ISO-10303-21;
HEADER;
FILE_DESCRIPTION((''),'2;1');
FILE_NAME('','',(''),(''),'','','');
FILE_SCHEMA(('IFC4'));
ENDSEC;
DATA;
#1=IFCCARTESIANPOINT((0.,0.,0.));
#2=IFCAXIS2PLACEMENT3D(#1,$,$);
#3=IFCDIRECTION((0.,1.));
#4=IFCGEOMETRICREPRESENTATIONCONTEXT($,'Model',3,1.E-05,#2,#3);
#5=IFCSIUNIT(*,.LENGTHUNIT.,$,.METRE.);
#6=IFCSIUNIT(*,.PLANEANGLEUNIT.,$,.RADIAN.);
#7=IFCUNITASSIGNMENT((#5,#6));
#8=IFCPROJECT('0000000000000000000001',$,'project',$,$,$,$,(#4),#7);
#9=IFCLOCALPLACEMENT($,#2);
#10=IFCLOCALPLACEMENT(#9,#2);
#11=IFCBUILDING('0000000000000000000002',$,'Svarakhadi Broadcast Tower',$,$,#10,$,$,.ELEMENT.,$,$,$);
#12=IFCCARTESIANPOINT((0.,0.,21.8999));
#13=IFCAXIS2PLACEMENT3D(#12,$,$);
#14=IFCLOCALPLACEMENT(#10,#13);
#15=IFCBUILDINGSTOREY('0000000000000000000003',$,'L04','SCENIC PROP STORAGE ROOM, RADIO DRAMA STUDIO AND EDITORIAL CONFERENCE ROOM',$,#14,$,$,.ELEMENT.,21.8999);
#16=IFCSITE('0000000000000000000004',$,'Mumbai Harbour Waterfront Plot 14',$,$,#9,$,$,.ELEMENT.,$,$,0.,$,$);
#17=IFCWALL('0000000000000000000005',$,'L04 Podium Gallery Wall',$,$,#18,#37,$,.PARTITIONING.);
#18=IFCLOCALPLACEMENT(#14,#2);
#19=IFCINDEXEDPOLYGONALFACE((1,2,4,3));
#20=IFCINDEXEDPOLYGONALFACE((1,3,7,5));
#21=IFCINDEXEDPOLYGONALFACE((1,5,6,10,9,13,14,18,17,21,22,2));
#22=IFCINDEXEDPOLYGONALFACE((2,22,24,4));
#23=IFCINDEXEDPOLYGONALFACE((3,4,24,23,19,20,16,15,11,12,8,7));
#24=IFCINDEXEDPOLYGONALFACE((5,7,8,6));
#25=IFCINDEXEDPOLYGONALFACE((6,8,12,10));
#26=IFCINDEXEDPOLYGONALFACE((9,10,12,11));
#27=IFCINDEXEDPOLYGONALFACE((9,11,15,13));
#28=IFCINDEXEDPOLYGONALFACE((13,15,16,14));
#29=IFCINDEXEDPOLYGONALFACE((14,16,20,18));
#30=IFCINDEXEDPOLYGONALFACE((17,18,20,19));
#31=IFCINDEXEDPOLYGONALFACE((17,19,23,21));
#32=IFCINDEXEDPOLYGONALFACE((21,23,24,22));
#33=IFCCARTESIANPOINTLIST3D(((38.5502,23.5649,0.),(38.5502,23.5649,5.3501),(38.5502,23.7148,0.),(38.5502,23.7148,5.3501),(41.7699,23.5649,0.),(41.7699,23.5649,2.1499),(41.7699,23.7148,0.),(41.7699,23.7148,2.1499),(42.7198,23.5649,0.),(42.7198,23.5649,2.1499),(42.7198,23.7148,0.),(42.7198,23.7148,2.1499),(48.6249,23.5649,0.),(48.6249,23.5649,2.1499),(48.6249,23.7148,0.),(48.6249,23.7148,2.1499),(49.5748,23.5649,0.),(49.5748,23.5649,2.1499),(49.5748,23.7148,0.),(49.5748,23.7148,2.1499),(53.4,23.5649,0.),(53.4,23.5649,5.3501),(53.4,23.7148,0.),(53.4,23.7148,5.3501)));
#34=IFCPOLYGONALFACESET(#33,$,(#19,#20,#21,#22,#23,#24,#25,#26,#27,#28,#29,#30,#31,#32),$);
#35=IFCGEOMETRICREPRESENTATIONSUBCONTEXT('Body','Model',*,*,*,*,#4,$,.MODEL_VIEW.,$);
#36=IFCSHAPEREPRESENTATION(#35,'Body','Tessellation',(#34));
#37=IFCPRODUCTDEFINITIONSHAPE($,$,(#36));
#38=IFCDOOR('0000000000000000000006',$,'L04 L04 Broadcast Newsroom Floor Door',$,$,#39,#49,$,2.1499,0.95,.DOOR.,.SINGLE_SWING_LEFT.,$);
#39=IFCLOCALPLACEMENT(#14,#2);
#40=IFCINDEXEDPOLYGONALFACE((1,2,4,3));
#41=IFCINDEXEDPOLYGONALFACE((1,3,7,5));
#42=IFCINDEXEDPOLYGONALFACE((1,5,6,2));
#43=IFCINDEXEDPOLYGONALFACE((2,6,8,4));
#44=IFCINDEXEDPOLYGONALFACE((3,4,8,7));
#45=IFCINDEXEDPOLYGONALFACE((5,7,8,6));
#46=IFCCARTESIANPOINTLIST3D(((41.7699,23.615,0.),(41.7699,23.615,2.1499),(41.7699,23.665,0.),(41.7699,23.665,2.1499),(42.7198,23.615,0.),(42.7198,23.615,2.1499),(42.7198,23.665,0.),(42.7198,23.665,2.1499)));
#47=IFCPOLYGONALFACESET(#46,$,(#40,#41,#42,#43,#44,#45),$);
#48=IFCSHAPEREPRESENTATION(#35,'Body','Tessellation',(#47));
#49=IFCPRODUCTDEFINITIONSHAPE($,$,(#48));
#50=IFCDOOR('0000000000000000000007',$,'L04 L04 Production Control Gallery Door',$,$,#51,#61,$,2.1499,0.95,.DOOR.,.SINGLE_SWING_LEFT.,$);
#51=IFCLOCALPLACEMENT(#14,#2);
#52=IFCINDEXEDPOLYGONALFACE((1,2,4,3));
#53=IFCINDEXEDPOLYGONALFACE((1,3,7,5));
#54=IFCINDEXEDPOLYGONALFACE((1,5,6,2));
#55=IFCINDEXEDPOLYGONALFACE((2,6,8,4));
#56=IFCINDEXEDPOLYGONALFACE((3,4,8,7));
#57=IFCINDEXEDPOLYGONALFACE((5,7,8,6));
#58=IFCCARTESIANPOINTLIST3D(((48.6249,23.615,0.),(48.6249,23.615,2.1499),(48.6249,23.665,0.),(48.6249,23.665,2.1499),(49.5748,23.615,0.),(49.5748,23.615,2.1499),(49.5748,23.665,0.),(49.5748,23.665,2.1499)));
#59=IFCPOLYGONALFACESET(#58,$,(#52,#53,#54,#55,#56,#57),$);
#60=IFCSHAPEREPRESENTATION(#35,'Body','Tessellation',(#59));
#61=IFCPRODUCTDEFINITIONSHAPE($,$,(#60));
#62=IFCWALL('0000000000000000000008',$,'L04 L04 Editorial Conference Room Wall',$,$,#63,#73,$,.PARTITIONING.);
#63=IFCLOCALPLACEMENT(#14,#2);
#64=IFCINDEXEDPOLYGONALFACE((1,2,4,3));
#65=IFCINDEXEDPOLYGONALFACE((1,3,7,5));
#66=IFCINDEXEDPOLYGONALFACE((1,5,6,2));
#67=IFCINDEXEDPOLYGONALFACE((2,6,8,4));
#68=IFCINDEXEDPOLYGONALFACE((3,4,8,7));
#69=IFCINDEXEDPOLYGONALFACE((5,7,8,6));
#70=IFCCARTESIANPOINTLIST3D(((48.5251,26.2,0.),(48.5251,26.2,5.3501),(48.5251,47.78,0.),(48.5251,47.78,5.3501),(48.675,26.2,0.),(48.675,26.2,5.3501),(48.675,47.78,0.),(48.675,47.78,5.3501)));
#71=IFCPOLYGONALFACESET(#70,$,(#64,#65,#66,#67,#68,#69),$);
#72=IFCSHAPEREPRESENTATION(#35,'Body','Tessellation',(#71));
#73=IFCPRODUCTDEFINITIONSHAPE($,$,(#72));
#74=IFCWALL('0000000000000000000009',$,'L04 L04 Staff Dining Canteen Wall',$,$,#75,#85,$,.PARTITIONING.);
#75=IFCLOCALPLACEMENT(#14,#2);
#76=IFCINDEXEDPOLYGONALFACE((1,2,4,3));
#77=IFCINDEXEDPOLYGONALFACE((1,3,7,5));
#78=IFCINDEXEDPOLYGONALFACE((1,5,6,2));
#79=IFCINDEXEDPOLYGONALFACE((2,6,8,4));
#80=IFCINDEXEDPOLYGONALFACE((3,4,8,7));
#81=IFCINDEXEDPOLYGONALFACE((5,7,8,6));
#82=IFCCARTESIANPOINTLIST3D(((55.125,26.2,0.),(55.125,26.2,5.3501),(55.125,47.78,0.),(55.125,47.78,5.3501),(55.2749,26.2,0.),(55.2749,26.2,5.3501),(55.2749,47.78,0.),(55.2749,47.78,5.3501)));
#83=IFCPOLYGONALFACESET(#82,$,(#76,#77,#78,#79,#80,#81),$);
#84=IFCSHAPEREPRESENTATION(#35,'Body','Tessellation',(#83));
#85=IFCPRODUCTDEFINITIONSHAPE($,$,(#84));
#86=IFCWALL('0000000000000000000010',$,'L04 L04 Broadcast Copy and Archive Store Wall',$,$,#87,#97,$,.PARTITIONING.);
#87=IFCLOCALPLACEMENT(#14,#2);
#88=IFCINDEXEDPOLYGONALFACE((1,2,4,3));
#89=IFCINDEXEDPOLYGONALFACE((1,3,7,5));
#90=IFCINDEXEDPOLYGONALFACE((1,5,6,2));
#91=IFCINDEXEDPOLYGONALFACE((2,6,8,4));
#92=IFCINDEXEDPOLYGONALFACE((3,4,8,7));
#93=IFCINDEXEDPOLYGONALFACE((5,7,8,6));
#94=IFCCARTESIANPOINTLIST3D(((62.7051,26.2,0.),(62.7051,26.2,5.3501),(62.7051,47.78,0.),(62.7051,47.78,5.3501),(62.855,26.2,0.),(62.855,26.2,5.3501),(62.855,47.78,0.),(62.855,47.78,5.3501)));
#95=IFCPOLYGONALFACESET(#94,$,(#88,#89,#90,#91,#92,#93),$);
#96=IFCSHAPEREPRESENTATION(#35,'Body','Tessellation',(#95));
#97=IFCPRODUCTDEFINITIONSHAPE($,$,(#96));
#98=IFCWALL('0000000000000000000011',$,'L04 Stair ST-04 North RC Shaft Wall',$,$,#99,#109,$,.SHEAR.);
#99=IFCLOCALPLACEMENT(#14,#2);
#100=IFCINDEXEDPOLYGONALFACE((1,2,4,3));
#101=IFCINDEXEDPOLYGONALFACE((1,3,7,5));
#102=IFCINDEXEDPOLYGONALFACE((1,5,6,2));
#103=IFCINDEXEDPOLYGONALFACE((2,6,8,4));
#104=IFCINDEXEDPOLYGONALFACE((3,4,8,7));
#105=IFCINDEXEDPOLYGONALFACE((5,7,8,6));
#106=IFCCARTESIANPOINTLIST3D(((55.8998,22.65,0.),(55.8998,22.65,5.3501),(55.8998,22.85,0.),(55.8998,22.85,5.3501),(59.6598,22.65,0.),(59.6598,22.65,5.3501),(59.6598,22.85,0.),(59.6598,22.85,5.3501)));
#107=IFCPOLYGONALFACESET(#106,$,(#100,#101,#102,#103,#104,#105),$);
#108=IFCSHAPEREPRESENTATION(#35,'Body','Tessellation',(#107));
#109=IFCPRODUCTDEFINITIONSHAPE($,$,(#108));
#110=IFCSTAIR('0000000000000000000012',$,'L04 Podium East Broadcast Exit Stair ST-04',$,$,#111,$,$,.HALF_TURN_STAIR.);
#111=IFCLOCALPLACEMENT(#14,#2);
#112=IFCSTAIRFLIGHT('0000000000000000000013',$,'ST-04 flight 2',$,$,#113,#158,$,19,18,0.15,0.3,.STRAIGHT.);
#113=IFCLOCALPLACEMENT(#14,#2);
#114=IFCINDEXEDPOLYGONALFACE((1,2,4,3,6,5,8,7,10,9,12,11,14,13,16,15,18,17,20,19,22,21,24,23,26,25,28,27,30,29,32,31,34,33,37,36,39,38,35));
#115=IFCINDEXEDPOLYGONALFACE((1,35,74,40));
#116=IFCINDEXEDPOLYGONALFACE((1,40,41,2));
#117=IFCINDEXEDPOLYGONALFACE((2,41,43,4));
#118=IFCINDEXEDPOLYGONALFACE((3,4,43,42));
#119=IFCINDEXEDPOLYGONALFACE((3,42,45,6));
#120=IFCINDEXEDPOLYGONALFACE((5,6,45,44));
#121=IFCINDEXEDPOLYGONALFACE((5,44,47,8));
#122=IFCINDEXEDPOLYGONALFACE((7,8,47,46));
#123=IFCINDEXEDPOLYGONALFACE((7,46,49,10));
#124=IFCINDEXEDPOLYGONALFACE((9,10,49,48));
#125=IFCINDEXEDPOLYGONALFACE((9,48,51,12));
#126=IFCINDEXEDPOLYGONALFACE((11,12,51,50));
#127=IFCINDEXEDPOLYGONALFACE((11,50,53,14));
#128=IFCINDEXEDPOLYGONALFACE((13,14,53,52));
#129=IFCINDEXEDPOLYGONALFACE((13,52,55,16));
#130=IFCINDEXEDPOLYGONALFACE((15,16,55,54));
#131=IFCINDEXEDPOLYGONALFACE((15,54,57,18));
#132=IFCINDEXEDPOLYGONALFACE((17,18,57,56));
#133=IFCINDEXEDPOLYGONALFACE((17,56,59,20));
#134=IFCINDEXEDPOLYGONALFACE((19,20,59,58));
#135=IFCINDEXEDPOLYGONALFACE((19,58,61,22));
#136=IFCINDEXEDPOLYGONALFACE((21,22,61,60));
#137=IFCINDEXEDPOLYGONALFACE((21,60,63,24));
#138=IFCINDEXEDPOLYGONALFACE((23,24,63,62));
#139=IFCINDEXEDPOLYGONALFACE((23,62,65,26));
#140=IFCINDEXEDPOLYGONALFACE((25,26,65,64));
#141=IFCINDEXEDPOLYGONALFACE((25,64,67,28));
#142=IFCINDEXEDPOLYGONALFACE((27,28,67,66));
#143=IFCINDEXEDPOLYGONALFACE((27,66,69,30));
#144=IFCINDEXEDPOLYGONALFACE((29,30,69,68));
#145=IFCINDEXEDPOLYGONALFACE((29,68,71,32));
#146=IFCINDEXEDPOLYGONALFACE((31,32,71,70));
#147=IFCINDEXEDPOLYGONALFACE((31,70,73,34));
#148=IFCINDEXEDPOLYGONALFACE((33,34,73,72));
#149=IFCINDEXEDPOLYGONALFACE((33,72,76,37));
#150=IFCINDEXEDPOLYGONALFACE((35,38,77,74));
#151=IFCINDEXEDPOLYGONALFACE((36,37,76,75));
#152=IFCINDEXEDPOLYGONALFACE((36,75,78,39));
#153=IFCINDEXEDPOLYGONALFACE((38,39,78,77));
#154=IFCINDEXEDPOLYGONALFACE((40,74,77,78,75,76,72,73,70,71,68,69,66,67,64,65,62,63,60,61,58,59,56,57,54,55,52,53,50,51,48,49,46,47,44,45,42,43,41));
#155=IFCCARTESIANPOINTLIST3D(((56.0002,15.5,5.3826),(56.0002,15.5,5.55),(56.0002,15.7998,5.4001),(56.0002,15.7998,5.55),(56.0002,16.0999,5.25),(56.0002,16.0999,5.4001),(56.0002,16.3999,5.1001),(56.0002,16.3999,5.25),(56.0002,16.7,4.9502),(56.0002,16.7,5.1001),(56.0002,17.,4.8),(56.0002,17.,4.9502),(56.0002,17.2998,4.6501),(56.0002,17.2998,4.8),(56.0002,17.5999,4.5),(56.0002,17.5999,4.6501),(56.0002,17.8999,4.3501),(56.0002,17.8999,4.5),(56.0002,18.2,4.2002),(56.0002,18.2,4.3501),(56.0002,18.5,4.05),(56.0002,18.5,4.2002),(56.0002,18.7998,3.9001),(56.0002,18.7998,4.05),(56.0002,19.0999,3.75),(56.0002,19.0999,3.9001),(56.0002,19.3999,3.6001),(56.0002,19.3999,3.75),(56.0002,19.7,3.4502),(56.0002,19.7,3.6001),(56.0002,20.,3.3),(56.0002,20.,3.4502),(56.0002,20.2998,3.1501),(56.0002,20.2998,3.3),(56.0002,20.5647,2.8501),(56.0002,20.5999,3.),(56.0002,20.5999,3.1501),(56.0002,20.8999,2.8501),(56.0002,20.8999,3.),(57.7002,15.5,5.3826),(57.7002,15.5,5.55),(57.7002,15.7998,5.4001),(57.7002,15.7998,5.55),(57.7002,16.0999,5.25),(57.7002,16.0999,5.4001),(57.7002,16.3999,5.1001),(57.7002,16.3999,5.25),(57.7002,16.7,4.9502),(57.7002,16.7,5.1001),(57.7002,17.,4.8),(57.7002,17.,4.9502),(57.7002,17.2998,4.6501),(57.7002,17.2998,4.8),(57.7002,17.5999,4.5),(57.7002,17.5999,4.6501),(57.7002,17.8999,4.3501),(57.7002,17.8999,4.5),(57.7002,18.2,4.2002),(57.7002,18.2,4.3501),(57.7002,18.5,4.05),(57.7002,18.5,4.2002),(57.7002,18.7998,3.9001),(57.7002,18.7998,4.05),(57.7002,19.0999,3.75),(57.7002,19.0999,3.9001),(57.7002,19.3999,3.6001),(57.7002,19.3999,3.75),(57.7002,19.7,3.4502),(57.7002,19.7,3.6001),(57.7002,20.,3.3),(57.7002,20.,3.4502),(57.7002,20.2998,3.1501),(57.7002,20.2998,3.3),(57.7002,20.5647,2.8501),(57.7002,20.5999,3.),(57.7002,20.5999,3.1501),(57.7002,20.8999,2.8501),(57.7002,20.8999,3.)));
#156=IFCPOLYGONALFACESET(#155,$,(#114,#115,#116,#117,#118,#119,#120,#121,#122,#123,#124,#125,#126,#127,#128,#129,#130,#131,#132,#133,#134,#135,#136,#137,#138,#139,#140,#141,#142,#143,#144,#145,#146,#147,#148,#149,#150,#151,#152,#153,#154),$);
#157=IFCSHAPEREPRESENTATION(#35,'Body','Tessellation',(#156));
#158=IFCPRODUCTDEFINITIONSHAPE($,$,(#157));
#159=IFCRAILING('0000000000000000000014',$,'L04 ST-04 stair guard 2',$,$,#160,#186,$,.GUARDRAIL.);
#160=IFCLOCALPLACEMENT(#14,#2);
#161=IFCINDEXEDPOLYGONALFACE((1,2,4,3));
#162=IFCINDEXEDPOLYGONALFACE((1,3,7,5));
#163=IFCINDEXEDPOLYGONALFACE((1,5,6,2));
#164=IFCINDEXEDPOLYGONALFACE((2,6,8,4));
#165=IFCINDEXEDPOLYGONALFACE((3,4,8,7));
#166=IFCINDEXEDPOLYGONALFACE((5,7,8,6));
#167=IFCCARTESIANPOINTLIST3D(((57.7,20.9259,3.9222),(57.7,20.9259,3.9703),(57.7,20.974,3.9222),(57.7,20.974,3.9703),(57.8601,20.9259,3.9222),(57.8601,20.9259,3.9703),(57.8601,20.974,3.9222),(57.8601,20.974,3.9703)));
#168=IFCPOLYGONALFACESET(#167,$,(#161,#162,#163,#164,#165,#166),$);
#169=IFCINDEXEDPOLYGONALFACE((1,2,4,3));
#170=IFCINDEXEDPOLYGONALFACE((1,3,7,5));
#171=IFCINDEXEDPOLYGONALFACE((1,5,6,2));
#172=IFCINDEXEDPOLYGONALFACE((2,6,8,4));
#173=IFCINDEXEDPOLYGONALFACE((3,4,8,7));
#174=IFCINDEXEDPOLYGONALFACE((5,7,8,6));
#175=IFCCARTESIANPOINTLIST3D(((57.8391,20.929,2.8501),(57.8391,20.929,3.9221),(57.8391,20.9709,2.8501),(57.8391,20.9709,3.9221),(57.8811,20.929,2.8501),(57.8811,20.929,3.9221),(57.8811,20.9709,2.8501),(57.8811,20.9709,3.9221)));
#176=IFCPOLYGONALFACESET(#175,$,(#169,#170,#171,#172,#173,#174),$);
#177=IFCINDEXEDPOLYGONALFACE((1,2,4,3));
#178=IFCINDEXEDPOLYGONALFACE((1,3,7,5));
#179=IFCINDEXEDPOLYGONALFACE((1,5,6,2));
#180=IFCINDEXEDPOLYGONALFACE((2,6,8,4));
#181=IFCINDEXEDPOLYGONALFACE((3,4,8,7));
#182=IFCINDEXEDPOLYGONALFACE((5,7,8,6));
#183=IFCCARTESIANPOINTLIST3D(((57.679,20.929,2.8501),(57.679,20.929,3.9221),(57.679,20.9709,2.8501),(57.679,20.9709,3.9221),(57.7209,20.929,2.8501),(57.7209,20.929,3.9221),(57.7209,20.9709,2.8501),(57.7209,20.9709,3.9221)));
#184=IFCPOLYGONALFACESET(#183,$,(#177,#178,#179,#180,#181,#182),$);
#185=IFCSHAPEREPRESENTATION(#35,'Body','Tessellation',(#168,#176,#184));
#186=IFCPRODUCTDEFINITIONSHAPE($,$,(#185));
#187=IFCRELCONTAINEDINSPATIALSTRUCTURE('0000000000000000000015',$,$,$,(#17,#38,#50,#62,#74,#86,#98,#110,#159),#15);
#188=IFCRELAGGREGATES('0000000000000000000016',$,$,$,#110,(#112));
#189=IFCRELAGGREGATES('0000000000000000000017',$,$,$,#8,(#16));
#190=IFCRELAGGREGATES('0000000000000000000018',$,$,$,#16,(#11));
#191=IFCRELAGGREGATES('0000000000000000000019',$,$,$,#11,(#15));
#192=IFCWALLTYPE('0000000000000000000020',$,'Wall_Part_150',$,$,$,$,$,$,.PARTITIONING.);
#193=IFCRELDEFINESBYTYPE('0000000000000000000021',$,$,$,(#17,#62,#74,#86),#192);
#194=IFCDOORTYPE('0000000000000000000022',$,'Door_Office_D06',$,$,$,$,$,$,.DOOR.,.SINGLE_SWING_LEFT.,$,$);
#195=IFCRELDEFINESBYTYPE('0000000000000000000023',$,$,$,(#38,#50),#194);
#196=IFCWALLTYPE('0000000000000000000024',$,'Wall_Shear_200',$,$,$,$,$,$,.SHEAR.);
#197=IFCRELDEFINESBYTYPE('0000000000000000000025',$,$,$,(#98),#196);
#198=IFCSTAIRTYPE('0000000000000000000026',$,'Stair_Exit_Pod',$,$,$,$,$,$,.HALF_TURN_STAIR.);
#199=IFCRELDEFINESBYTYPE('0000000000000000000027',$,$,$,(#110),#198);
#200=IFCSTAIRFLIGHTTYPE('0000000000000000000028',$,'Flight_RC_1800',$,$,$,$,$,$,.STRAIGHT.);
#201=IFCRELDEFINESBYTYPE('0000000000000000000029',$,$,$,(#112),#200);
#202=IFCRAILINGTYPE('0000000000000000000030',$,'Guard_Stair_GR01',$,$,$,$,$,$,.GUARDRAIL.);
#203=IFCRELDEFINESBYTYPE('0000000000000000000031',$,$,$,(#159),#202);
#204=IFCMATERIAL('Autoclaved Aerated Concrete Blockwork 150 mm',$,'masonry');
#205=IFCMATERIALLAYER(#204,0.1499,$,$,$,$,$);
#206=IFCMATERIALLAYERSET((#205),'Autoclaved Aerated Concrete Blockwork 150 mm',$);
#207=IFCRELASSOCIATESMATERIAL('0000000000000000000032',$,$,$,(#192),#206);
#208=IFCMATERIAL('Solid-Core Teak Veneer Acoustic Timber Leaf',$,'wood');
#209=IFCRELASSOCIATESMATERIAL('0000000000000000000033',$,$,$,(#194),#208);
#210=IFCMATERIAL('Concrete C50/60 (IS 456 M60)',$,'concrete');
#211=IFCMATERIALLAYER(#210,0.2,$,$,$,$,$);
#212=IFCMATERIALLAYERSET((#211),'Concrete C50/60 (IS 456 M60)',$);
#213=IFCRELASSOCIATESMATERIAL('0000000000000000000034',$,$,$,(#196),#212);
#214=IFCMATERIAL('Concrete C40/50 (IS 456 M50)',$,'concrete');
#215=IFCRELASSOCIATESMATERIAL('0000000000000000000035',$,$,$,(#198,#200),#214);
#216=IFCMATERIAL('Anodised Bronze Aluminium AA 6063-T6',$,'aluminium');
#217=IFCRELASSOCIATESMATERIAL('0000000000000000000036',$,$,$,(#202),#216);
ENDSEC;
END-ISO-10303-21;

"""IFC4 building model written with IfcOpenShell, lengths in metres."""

from ifc_helpers import new_model, si_unit, direction, frame, frame_2d, origin, origin_2d, place, context, subcontext, project, spatial, polyline, rectangle, outline, extrude, material, layer, layer_set, type_object, element, fill, aggregate, save


model = new_model("IFC4")

# Units and contexts
model_context = context("Model", 3, precision=1e-05, world=origin(), true_north=direction((0.0, 1.0)))
body_context = subcontext(model_context, "Body", "Model", "MODEL_VIEW")
ifc_project = project(units=[si_unit("LENGTHUNIT", "METRE"), si_unit("PLANEANGLEUNIT", "RADIAN")], contexts=[model_context])

# Site, building, storey
site_placement = place(None, origin())
site = spatial("IfcSite", under=ifc_project, at=site_placement, Name="Mumbai Harbour Waterfront Plot 14", CompositionType="ELEMENT", RefElevation=0.0)
building_placement = place(site_placement, origin())
building = spatial("IfcBuilding", under=site, at=building_placement, Name="Svarakhadi Broadcast Tower", CompositionType="ELEMENT")
storey_placement = place(building_placement, frame((0.0, 0.0, 21.8999)))
storey = spatial("IfcBuildingStorey", under=building, at=storey_placement, Name="L04", Description="SCENIC PROP STORAGE ROOM, RADIO DRAMA STUDIO AND EDITORIAL CONFERENCE ROOM", CompositionType="ELEMENT", Elevation=21.8999)

# Shared definitions
ifc_material_1 = material(Name="Concrete C50/60 (IS 456 M60)", Category="concrete")

# Shared definitions
ifc_material_2 = material(Name="Anodised Bronze Aluminium AA 6063-T6", Category="aluminium")

# Shared definitions
ifc_material_3 = material(Name="Autoclaved Aerated Concrete Blockwork 150 mm", Category="masonry")
ifc_layer_1 = layer(ifc_material_3, 0.1499)
ifc_layer_set_1 = layer_set([ifc_layer_1], Name="Autoclaved Aerated Concrete Blockwork 150 mm")
wall_type_1 = type_object("IfcWallType", Name="Wall_Part_150", PredefinedType="PARTITIONING", material=ifc_layer_set_1)

# Wall, openings, doors
wall_1_placement = place(storey_placement, frame((53.3999, 23.6399, 0.0), z_axis=(0.0, 0.0, 1.0), x_axis=(-1.0, 0.0, 0.0)))
wall_1 = element("IfcWall", 1, at=wall_1_placement, inside=storey, type_object=wall_type_1, Name="L04 Podium Gallery Wall", PredefinedType="PARTITIONING", context=body_context, shape_type="SweptSolid", body=[
    extrude(rectangle(XDim=14.8499, YDim=0.1499, at=frame_2d((7.4248, 0.0))), origin(), (0.0, 0.0, 1.0), 5.3501),
])
opening_1_placement = place(wall_1_placement, frame((10.6799, 0.0, 0.0)))
opening_1 = element("IfcOpeningElement", 2, at=opening_1_placement, cuts=wall_1, PredefinedType="OPENING", context=body_context, shape_type="SweptSolid", body=[
    extrude(rectangle(XDim=0.95, YDim=2.1499, at=frame_2d((0.4751, 1.075))), frame((0.0, 0.085, 0.0), z_axis=(0.0, -1.0, 0.0), x_axis=(1.0, 0.0, 0.0)), (0.0, 0.0, 1.0), 0.1699),
])
opening_2_placement = place(wall_1_placement, frame((3.825, 0.0, 0.0)))
opening_2 = element("IfcOpeningElement", 3, at=opening_2_placement, cuts=wall_1, PredefinedType="OPENING", context=body_context, shape_type="SweptSolid", body=[
    extrude(rectangle(XDim=0.95, YDim=2.1499, at=frame_2d((0.4751, 1.075))), frame((0.0, 0.085, 0.0), z_axis=(0.0, -1.0, 0.0), x_axis=(1.0, 0.0, 0.0)), (0.0, 0.0, 1.0), 0.1699),
])
ifc_material_4 = material(Name="Solid-Core Teak Veneer Acoustic Timber Leaf", Category="wood")
door_type = type_object("IfcDoorType", Name="Door_Office_D06", OperationType="SINGLE_SWING_LEFT", PredefinedType="DOOR", material=ifc_material_4)
door_1_placement = place(opening_1_placement, origin())
door_1 = element("IfcDoor", 4, at=door_1_placement, inside=storey, type_object=door_type, Name="L04 L04 Broadcast Newsroom Floor Door", OperationType="SINGLE_SWING_LEFT", OverallHeight=2.1499, OverallWidth=0.95, PredefinedType="DOOR", context=body_context, shape_type="SweptSolid", body=[
    extrude(rectangle(XDim=0.95, YDim=2.1499, at=frame_2d((0.4751, 1.075))), frame((0.0, 0.0249, 0.0), z_axis=(0.0, -1.0, 0.0), x_axis=(1.0, 0.0, 0.0)), (0.0, 0.0, 1.0), 0.05),
])
fill(opening_1, door_1)
door_2_placement = place(opening_2_placement, origin())
door_2 = element("IfcDoor", 5, at=door_2_placement, inside=storey, type_object=door_type, Name="L04 L04 Production Control Gallery Door", OperationType="SINGLE_SWING_LEFT", OverallHeight=2.1499, OverallWidth=0.95, PredefinedType="DOOR", context=body_context, shape_type="SweptSolid", body=[
    extrude(rectangle(XDim=0.95, YDim=2.1499, at=frame_2d((0.4751, 1.075))), frame((0.0, 0.0249, 0.0), z_axis=(0.0, -1.0, 0.0), x_axis=(1.0, 0.0, 0.0)), (0.0, 0.0, 1.0), 0.05),
])
fill(opening_2, door_2)

# Walls
for number, where, z_axis, x_axis, name in (
    (6, (48.6001, 26.2, 0.0), (0.0, 0.0, 1.0), (0.0, 1.0, 0.0), "L04 L04 Editorial Conference Room Wall"),
    (7, (55.2, 26.2, 0.0), (0.0, 0.0, 1.0), (0.0, 1.0, 0.0), "L04 L04 Staff Dining Canteen Wall"),
    (8, (62.78, 26.2, 0.0), (0.0, 0.0, 1.0), (0.0, 1.0, 0.0), "L04 L04 Broadcast Copy and Archive Store Wall"),
):
    element("IfcWall", number, at=place(storey_placement, frame(where, z_axis=z_axis, x_axis=x_axis)), inside=storey, type_object=wall_type_1, Name=name, PredefinedType="PARTITIONING", context=body_context, shape_type="SweptSolid", body=[
        extrude(rectangle(XDim=21.5801, YDim=0.1499, at=frame_2d((10.79, 0.0))), origin(), (0.0, 0.0, 1.0), 5.3501),
    ])
ifc_layer_2 = layer(ifc_material_1, 0.2)
ifc_layer_set_2 = layer_set([ifc_layer_2], Name="Concrete C50/60 (IS 456 M60)")
wall_type_2 = type_object("IfcWallType", Name="Wall_Shear_200", PredefinedType="SHEAR", material=ifc_layer_set_2)
wall_2_placement = place(storey_placement, frame((55.8999, 22.75, 0.0), z_axis=(0.0, 0.0, 1.0), x_axis=(1.0, 0.0, 0.0)))
element("IfcWall", 9, at=wall_2_placement, inside=storey, type_object=wall_type_2, Name="L04 Stair ST-04 North RC Shaft Wall", PredefinedType="SHEAR", context=body_context, shape_type="SweptSolid", body=[
    extrude(rectangle(XDim=3.76, YDim=0.2, at=frame_2d((1.8799, 0.0))), origin(), (0.0, 0.0, 1.0), 5.3501),
])

# Stair, stair flight
ifc_material_5 = material(Name="Concrete C40/50 (IS 456 M50)", Category="concrete")
stair_type = type_object("IfcStairType", Name="Stair_Exit_Pod", PredefinedType="HALF_TURN_STAIR", material=ifc_material_5)
stair_placement = place(storey_placement, origin())
stair = element("IfcStair", 10, at=stair_placement, inside=storey, type_object=stair_type, Name="L04 Podium East Broadcast Exit Stair ST-04", PredefinedType="HALF_TURN_STAIR")
stair_flight_type = type_object("IfcStairFlightType", Name="Flight_RC_1800", PredefinedType="STRAIGHT", material=ifc_material_5)
stair_flight_placement = place(storey_placement, frame((56.8501, 20.8999, 2.8501), z_axis=(0.0, 0.0, 1.0), x_axis=(0.0, -1.0, 0.0)))
stair_flight = element("IfcStairFlight", 11, at=stair_flight_placement, type_object=stair_flight_type, Name="ST-04 flight 2", NumberOfRisers=19, NumberOfTreads=18, PredefinedType="STRAIGHT", RiserHeight=0.15, TreadLength=0.3, context=body_context, shape_type="SweptSolid", body=[
    extrude(outline(polyline([(0.0, 0.0), (0.0, 0.1499), (0.3, 0.1499), (0.3, 0.3), (0.6001, 0.3), (0.6001, 0.45), (0.8999, 0.45), (0.8999, 0.6001), (1.2, 0.6001), (1.2, 0.75), (1.5, 0.75), (1.5, 0.8999), (1.8, 0.8999), (1.8, 1.05), (2.1001, 1.05), (2.1001, 1.2), (2.3999, 1.2), (2.3999, 1.3501), (2.7, 1.3501), (2.7, 1.5), (3.0, 1.5), (3.0, 1.6499), (3.3, 1.6499), (3.3, 1.8), (3.6001, 1.8), (3.6001, 1.95), (3.8999, 1.95), (3.8999, 2.1001), (4.2, 2.1001), (4.2, 2.25), (4.5, 2.25), (4.5, 2.3999), (4.8, 2.3999), (4.8, 2.55), (5.1001, 2.55), (5.1001, 2.7), (5.3999, 2.7), (5.3999, 2.8501), (5.3999, 2.5325), (0.3352, 0.0), (0.0, 0.0)])), frame((0.0, 0.8501, 0.0), z_axis=(0.0, -1.0, 0.0), x_axis=(1.0, 0.0, 0.0)), (0.0, 0.0, 1.0), 1.7),
])
aggregate(stair, [stair_flight])

# Railing
railing_type_1 = type_object("IfcRailingType", Name="Guard_Stair_GR01", PredefinedType="GUARDRAIL", material=ifc_material_2)
railing_1_placement = place(storey_placement, frame((57.8601, 20.95, 2.8501)))
element("IfcRailing", 12, at=railing_1_placement, inside=storey, type_object=railing_type_1, Name="L04 ST-04 stair guard 2", PredefinedType="GUARDRAIL", context=body_context, shape_type="SweptSolid", body=[
    extrude(rectangle(XDim=0.0481, YDim=0.0481, at=origin_2d()), frame((0.0, 0.0, 1.0962), z_axis=(-1.0, 0.0, 0.0), x_axis=(0.0, -1.0, 0.0)), (0.0, 0.0, 1.0), 0.1602),
    extrude(rectangle(XDim=0.042, YDim=0.042, at=origin_2d()), origin(), (0.0, 0.0, 1.0), 1.072),
    extrude(rectangle(XDim=0.042, YDim=0.042, at=origin_2d()), frame((-0.1602, 0.0, 0.0)), (0.0, 0.0, 1.0), 1.072),
])

save(model, "model.ifc")
